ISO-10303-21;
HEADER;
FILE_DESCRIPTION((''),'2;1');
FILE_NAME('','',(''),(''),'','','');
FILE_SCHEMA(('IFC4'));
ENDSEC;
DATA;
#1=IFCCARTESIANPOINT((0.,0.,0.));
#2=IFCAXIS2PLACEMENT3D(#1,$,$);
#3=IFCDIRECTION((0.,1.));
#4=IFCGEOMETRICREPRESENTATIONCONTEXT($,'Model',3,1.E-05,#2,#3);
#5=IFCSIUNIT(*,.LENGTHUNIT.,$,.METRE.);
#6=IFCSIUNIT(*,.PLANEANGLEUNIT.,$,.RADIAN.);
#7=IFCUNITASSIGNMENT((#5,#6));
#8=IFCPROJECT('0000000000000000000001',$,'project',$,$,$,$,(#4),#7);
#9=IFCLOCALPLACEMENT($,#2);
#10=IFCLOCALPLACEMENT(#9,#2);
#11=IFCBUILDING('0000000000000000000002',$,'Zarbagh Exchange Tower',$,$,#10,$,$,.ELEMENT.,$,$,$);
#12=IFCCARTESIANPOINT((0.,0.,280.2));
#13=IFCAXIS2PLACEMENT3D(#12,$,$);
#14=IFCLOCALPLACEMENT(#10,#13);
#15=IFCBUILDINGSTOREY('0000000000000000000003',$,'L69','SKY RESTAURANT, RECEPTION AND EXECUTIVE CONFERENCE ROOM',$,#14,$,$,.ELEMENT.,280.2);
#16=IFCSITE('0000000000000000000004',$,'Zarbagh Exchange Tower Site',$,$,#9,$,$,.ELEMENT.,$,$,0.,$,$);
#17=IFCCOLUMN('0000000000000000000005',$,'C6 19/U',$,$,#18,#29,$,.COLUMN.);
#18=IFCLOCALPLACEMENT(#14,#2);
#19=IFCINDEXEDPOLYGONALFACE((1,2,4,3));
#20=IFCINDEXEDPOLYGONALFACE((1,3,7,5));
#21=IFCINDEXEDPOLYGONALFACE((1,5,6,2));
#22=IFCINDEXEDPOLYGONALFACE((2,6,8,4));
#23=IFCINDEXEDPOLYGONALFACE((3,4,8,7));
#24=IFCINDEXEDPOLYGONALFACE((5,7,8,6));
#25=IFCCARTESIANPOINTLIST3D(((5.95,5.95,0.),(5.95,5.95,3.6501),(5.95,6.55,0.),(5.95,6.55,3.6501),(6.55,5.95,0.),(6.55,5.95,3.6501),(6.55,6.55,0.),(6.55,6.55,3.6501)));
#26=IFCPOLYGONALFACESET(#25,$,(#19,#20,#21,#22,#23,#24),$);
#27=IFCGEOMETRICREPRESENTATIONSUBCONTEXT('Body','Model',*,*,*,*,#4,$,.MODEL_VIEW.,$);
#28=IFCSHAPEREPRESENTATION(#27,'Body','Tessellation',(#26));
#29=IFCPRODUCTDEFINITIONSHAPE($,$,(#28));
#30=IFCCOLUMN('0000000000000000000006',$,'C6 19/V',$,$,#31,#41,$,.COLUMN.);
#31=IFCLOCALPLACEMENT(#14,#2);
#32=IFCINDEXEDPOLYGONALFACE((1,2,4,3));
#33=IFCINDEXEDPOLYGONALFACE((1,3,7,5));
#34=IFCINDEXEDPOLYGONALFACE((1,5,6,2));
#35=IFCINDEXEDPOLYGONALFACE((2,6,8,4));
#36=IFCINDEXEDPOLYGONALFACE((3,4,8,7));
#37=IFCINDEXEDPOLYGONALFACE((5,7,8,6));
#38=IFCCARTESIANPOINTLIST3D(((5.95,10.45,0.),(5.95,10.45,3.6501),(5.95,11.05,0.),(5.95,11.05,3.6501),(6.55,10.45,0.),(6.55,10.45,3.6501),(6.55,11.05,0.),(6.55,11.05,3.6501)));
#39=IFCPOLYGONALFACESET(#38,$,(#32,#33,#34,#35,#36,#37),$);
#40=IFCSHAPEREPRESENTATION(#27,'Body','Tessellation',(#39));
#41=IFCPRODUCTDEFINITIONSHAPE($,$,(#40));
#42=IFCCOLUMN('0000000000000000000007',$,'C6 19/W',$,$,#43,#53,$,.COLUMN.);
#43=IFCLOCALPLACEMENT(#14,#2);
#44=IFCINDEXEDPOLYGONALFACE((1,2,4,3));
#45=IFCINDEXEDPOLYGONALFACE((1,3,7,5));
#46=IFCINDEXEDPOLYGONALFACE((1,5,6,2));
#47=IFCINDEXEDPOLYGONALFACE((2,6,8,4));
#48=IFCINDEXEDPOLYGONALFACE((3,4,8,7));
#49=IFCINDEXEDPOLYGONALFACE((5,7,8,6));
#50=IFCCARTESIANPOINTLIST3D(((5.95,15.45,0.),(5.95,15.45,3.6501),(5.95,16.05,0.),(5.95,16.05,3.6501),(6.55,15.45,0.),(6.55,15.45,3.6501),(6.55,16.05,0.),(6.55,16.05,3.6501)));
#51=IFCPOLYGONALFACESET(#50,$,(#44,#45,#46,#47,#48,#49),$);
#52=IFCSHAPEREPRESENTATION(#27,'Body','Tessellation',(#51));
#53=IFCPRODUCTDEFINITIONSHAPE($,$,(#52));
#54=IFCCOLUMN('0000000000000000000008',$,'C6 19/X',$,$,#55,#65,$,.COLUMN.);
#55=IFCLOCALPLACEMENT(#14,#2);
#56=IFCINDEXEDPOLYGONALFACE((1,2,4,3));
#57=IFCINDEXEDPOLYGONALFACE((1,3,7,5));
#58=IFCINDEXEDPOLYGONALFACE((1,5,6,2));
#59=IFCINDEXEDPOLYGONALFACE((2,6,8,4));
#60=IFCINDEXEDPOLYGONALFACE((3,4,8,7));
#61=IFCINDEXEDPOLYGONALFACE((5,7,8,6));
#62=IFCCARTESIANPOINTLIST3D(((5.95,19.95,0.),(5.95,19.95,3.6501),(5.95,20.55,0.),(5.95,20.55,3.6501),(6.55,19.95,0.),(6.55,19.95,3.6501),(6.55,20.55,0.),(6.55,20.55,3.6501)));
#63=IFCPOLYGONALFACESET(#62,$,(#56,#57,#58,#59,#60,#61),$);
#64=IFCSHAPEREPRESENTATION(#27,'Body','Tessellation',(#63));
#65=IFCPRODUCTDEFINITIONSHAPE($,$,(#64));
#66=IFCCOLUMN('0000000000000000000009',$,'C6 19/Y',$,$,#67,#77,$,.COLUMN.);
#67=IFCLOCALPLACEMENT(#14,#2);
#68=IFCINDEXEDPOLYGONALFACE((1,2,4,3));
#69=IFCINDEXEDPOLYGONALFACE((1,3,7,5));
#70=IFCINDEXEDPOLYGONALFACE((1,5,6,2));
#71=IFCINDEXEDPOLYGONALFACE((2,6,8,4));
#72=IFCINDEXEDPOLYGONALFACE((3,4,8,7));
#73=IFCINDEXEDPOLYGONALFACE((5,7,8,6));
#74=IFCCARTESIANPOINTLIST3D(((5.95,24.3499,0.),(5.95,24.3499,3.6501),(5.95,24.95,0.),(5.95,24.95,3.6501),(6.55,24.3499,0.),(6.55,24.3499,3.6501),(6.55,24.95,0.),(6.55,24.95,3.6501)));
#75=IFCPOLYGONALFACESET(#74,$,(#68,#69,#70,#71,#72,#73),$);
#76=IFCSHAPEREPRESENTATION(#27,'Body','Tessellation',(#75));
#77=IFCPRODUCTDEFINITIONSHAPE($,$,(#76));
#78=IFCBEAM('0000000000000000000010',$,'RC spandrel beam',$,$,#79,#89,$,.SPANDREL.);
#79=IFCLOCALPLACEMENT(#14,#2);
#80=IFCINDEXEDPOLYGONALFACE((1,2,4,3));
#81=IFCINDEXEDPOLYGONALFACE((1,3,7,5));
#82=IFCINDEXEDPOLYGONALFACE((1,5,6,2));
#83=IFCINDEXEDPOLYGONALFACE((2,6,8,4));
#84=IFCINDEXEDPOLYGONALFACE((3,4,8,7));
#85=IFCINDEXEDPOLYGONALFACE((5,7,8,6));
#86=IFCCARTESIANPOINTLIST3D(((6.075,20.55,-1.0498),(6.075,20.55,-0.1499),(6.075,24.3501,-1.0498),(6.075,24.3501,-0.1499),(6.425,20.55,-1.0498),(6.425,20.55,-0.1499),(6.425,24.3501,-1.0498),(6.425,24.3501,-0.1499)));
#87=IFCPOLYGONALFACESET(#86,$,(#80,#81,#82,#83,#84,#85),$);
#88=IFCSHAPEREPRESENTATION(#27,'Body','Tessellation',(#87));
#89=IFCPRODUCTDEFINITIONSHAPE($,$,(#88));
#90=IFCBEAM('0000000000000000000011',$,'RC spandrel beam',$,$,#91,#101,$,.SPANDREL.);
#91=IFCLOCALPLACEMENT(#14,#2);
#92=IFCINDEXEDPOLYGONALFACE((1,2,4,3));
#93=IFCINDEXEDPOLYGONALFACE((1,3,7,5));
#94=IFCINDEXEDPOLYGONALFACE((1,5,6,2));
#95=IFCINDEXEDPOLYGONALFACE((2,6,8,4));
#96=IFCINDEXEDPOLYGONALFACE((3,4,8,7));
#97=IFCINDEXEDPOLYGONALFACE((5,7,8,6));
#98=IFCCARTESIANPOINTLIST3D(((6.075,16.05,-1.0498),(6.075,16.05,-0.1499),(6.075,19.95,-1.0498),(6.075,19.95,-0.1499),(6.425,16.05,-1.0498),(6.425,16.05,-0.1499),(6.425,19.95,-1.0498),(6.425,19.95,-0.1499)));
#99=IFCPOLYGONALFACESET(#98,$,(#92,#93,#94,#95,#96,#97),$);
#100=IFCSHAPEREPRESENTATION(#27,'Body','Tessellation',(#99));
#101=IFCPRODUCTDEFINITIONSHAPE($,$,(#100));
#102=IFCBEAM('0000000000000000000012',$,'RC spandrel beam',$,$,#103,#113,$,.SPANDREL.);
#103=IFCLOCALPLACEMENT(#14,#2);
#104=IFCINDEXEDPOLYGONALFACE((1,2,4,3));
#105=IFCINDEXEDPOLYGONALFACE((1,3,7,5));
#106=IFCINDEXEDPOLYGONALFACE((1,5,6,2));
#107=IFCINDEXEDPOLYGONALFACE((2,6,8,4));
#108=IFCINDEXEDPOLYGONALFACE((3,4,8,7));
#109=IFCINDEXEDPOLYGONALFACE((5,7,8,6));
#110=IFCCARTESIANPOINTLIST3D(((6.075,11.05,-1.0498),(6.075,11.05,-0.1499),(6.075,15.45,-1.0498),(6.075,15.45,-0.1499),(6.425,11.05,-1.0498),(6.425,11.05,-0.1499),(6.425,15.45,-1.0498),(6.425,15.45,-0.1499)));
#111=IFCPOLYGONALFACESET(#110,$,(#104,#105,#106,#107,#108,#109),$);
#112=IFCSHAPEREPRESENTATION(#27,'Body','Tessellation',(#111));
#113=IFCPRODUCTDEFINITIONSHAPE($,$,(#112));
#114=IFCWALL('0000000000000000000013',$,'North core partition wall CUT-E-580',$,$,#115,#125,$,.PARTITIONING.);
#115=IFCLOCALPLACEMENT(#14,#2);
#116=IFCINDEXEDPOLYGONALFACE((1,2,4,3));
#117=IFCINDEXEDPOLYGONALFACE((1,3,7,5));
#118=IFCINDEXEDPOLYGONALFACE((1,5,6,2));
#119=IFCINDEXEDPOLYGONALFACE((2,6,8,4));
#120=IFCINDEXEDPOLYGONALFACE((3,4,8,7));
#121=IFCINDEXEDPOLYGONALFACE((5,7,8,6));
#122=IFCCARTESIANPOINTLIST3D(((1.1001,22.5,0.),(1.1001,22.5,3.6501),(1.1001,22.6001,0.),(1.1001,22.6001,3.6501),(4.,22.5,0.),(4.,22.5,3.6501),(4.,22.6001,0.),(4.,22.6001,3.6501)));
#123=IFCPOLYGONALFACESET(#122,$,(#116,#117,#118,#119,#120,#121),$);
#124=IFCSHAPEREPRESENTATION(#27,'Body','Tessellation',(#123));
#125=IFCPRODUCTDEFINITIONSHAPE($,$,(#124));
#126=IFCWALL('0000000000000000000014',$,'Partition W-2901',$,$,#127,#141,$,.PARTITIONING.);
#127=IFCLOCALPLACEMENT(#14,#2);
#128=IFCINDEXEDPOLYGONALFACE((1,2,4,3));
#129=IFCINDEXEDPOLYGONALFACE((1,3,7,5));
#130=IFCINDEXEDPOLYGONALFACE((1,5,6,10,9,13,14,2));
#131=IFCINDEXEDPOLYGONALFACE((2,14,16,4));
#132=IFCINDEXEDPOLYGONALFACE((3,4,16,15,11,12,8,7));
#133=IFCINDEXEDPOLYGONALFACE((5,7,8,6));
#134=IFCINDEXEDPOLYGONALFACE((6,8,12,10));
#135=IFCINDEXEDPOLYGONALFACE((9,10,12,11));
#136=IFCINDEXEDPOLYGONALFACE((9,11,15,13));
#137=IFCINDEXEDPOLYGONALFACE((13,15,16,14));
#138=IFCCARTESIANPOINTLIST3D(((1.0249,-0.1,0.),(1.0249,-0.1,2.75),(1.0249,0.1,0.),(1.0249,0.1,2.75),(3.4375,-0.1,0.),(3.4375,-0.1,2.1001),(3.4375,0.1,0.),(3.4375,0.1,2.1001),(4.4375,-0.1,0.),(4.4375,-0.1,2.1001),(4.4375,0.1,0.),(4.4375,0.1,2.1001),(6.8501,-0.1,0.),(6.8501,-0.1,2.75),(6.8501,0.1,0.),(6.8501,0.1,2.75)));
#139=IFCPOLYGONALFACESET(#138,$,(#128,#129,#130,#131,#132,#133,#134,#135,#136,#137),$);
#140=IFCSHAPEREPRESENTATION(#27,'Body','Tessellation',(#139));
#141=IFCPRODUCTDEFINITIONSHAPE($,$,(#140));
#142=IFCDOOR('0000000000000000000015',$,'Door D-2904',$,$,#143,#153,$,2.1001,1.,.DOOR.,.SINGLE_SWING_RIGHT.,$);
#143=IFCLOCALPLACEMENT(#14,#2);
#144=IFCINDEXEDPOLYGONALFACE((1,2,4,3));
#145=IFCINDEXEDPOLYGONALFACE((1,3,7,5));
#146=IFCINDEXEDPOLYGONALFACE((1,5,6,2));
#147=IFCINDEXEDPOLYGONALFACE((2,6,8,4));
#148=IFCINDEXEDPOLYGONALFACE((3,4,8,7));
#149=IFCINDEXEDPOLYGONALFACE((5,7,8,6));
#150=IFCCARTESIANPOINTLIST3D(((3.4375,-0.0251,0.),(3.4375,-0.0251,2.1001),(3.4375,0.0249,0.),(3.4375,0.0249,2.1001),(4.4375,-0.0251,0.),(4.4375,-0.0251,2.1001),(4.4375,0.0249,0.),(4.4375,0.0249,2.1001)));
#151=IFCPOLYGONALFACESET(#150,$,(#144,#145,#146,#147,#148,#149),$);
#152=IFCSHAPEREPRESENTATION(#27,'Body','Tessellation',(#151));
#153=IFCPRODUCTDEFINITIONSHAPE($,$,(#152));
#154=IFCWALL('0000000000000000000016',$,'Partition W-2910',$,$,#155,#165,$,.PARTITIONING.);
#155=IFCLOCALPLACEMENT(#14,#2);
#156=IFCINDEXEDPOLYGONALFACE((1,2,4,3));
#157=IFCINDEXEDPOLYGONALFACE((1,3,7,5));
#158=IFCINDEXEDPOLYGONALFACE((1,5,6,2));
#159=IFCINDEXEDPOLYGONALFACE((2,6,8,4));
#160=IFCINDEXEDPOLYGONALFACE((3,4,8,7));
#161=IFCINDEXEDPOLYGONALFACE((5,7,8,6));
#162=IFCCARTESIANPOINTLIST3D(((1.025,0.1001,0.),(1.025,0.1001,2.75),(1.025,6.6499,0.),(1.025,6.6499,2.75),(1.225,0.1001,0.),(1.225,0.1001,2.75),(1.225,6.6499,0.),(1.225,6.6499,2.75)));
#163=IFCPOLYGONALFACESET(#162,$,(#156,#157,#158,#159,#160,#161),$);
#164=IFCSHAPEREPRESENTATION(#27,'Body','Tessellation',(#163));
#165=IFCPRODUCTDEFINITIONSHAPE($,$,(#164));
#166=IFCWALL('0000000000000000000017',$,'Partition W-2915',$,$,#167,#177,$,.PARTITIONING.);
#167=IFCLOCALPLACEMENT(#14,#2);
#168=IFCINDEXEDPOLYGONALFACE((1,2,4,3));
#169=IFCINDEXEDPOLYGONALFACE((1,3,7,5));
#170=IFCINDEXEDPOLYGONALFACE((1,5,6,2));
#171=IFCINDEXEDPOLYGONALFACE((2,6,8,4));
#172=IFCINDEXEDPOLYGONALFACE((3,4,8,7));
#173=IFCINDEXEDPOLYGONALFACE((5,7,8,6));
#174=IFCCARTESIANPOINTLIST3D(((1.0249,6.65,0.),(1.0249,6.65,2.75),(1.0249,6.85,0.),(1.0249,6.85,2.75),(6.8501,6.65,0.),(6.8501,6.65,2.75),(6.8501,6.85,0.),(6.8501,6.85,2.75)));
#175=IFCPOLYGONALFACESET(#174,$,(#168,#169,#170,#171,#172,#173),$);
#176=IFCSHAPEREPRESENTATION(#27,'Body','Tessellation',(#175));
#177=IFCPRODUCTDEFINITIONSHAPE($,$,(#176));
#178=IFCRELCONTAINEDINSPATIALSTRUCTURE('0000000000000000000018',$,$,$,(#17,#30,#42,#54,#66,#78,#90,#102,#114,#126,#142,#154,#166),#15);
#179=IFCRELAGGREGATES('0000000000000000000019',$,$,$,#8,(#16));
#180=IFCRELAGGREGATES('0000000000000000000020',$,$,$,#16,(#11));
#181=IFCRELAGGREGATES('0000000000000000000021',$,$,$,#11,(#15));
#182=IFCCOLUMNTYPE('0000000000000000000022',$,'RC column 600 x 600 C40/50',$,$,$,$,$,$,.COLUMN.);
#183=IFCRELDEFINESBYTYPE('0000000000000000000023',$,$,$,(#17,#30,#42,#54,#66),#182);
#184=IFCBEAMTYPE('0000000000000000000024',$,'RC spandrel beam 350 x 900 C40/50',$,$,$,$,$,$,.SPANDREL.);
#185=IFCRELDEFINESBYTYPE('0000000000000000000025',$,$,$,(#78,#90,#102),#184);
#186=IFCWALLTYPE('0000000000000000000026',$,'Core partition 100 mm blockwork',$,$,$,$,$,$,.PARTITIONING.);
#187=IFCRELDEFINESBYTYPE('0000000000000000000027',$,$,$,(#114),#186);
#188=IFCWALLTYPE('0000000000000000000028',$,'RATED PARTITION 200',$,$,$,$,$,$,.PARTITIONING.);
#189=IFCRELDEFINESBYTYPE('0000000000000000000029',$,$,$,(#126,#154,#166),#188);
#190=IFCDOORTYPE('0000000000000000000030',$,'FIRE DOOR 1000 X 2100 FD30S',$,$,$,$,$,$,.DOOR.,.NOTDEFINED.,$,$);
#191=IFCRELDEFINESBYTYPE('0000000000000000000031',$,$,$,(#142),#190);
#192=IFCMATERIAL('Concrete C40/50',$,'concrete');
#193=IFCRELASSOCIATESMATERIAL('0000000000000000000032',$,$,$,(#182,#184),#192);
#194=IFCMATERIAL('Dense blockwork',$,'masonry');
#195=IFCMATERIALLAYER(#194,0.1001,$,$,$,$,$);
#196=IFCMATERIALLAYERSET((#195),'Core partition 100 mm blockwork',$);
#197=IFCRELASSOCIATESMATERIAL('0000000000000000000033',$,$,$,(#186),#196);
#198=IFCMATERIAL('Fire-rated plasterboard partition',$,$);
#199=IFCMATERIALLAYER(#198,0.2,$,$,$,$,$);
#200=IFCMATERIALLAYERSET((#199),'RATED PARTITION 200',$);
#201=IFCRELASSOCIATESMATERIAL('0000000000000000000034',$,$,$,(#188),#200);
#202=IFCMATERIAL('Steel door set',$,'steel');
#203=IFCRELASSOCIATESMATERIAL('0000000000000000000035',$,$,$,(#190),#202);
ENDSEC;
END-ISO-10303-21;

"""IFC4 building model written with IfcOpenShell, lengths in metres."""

from ifc_helpers import new_model, si_unit, direction, frame, frame_2d, origin, origin_2d, place, context, subcontext, project, spatial, rectangle, extrude, material, layer, layer_set, material_profile, profile_set, type_object, element, fill, save


model = new_model("IFC4")

# Units and contexts
model_context = context("Model", 3, precision=1e-05, world=origin(), true_north=direction((0.0, 1.0)))
body_context = subcontext(model_context, "Body", "Model", "MODEL_VIEW")
ifc_project = project(units=[si_unit("LENGTHUNIT", "METRE"), si_unit("PLANEANGLEUNIT", "RADIAN")], contexts=[model_context])

# Site, building, storey
site_placement = place(None, origin())
site = spatial("IfcSite", under=ifc_project, at=site_placement, Name="Zarbagh Exchange Tower Site", CompositionType="ELEMENT", RefElevation=0.0)
building_placement = place(site_placement, origin())
building = spatial("IfcBuilding", under=site, at=building_placement, Name="Zarbagh Exchange Tower", CompositionType="ELEMENT")
storey_placement = place(building_placement, frame((0.0, 0.0, 280.2)))
storey = spatial("IfcBuildingStorey", under=building, at=storey_placement, Name="L69", Description="SKY RESTAURANT, RECEPTION AND EXECUTIVE CONFERENCE ROOM", CompositionType="ELEMENT", Elevation=280.2)

# Columns
ifc_material_1 = material(Name="Concrete C40/50", Category="concrete")
ifc_material_profile_1 = material_profile(ifc_material_1, rectangle(XDim=0.6001, YDim=0.6001, at=origin_2d()), Name="RC column 600 x 600 C40/50")
ifc_profile_set_1 = profile_set([ifc_material_profile_1], Name="Concrete C40/50")
column_type = type_object("IfcColumnType", Name="RC column 600 x 600 C40/50", PredefinedType="COLUMN", material=ifc_profile_set_1)
for number, where, z_axis, x_axis, name in (
    (1, (6.25, 6.25, 0.0), (0.0, 0.0, 1.0), (1.0, 0.0, 0.0), "C6 19/U"),
    (2, (6.25, 10.75, 0.0), (0.0, 0.0, 1.0), (1.0, 0.0, 0.0), "C6 19/V"),
    (3, (6.25, 15.75, 0.0), (0.0, 0.0, 1.0), (1.0, 0.0, 0.0), "C6 19/W"),
    (4, (6.25, 20.25, 0.0), (0.0, 0.0, 1.0), (1.0, 0.0, 0.0), "C6 19/X"),
    (5, (6.25, 24.6499, 0.0), (0.0, 0.0, 1.0), (1.0, 0.0, 0.0), "C6 19/Y"),
):
    element("IfcColumn", number, at=place(storey_placement, frame(where, z_axis=z_axis, x_axis=x_axis)), inside=storey, type_object=column_type, Name=name, PredefinedType="COLUMN", context=body_context, shape_type="SweptSolid", body=[
        extrude(rectangle(XDim=0.6001, YDim=0.6001, at=origin_2d()), origin(), (0.0, 0.0, 1.0), 3.6501),
    ])

# Beams
ifc_material_profile_2 = material_profile(ifc_material_1, rectangle(XDim=0.3501, YDim=0.8999, at=origin_2d()), Name="RC spandrel beam 350 x 900 C40/50")
ifc_profile_set_2 = profile_set([ifc_material_profile_2], Name="Concrete C40/50")
beam_type = type_object("IfcBeamType", Name="RC spandrel beam 350 x 900 C40/50", PredefinedType="SPANDREL", material=ifc_profile_set_2)
beam_1_placement = place(storey_placement, frame((6.25, 24.3501, -0.5999), z_axis=(0.0, -1.0, 0.0), x_axis=(1.0, 0.0, 0.0)))
element("IfcBeam", 6, at=beam_1_placement, inside=storey, type_object=beam_type, Name="RC spandrel beam", PredefinedType="SPANDREL", context=body_context, shape_type="SweptSolid", body=[
    extrude(rectangle(XDim=0.3501, YDim=0.8999, at=origin_2d()), origin(), (0.0, 0.0, 1.0), 3.8),
])
beam_2_placement = place(storey_placement, frame((6.25, 19.95, -0.5999), z_axis=(0.0, -1.0, 0.0), x_axis=(1.0, 0.0, 0.0)))
element("IfcBeam", 7, at=beam_2_placement, inside=storey, type_object=beam_type, Name="RC spandrel beam", PredefinedType="SPANDREL", context=body_context, shape_type="SweptSolid", body=[
    extrude(rectangle(XDim=0.3501, YDim=0.8999, at=origin_2d()), origin(), (0.0, 0.0, 1.0), 3.8999),
])
beam_3_placement = place(storey_placement, frame((6.25, 15.45, -0.5999), z_axis=(0.0, -1.0, 0.0), x_axis=(1.0, 0.0, 0.0)))
element("IfcBeam", 8, at=beam_3_placement, inside=storey, type_object=beam_type, Name="RC spandrel beam", PredefinedType="SPANDREL", context=body_context, shape_type="SweptSolid", body=[
    extrude(rectangle(XDim=0.3501, YDim=0.8999, at=origin_2d()), origin(), (0.0, 0.0, 1.0), 4.3999),
])

# Wall
ifc_material_2 = material(Name="Dense blockwork", Category="masonry")
ifc_layer_1 = layer(ifc_material_2, 0.1001)
ifc_layer_set_1 = layer_set([ifc_layer_1], Name="Core partition 100 mm blockwork")
wall_type_1 = type_object("IfcWallType", Name="Core partition 100 mm blockwork", PredefinedType="PARTITIONING", material=ifc_layer_set_1)
wall_1_placement = place(storey_placement, frame((1.1001, 22.55, 0.0), z_axis=(0.0, 0.0, 1.0), x_axis=(1.0, 0.0, 0.0)))
element("IfcWall", 9, at=wall_1_placement, inside=storey, type_object=wall_type_1, Name="North core partition wall CUT-E-580", PredefinedType="PARTITIONING", context=body_context, shape_type="SweptSolid", body=[
    extrude(rectangle(XDim=2.8999, YDim=0.1001, at=frame_2d((1.45, 0.0))), origin(), (0.0, 0.0, 1.0), 3.6501),
])

# Wall, opening, door
ifc_material_3 = material(Name="Fire-rated plasterboard partition")
ifc_layer_2 = layer(ifc_material_3, 0.2)
ifc_layer_set_2 = layer_set([ifc_layer_2], Name="RATED PARTITION 200")
wall_type_2 = type_object("IfcWallType", Name="RATED PARTITION 200", PredefinedType="PARTITIONING", material=ifc_layer_set_2)
wall_2_placement = place(storey_placement, frame((1.0249, 0.0, 0.0), z_axis=(0.0, 0.0, 1.0), x_axis=(1.0, 0.0, 0.0)))
wall_2 = element("IfcWall", 10, at=wall_2_placement, inside=storey, type_object=wall_type_2, Name="Partition W-2901", PredefinedType="PARTITIONING", context=body_context, shape_type="SweptSolid", body=[
    extrude(rectangle(XDim=5.8252, YDim=0.2, at=frame_2d((2.9126, 0.0))), origin(), (0.0, 0.0, 1.0), 2.75),
])
opening_1_placement = place(wall_2_placement, frame((2.4126, 0.0, 0.0)))
opening_1 = element("IfcOpeningElement", 11, at=opening_1_placement, cuts=wall_2, PredefinedType="OPENING", context=body_context, shape_type="SweptSolid", body=[
    extrude(rectangle(XDim=1.0, YDim=2.1001, at=frame_2d((0.5, 1.05))), frame((0.0, 0.1099, 0.0), z_axis=(0.0, -1.0, 0.0), x_axis=(1.0, 0.0, 0.0)), (0.0, 0.0, 1.0), 0.22),
])
ifc_material_4 = material(Name="Steel door set", Category="steel")
door_type_1 = type_object("IfcDoorType", Name="FIRE DOOR 1000 X 2100 FD30S", OperationType="NOTDEFINED", PredefinedType="DOOR", material=ifc_material_4)
door_1_placement = place(opening_1_placement, origin())
door_1 = element("IfcDoor", 12, at=door_1_placement, inside=storey, type_object=door_type_1, Name="Door D-2904", OperationType="SINGLE_SWING_RIGHT", OverallHeight=2.1001, OverallWidth=1.0, PredefinedType="DOOR", context=body_context, shape_type="SweptSolid", body=[
    extrude(rectangle(XDim=1.0, YDim=2.1001, at=frame_2d((0.5, 1.05))), frame((0.0, 0.0249, 0.0), z_axis=(0.0, -1.0, 0.0), x_axis=(1.0, 0.0, 0.0)), (0.0, 0.0, 1.0), 0.05),
])
fill(opening_1, door_1)

# Walls
wall_3_placement = place(storey_placement, frame((1.125, 0.1001, 0.0), z_axis=(0.0, 0.0, 1.0), x_axis=(0.0, 1.0, 0.0)))
element("IfcWall", 13, at=wall_3_placement, inside=storey, type_object=wall_type_2, Name="Partition W-2910", PredefinedType="PARTITIONING", context=body_context, shape_type="SweptSolid", body=[
    extrude(rectangle(XDim=6.5498, YDim=0.2, at=frame_2d((3.2749, 0.0))), origin(), (0.0, 0.0, 1.0), 2.75),
])
wall_4_placement = place(storey_placement, frame((1.0249, 6.75, 0.0), z_axis=(0.0, 0.0, 1.0), x_axis=(1.0, 0.0, 0.0)))
element("IfcWall", 14, at=wall_4_placement, inside=storey, type_object=wall_type_2, Name="Partition W-2915", PredefinedType="PARTITIONING", context=body_context, shape_type="SweptSolid", body=[
    extrude(rectangle(XDim=5.8252, YDim=0.2, at=frame_2d((2.9126, 0.0))), origin(), (0.0, 0.0, 1.0), 2.75),
])

save(model, "model.ifc")
